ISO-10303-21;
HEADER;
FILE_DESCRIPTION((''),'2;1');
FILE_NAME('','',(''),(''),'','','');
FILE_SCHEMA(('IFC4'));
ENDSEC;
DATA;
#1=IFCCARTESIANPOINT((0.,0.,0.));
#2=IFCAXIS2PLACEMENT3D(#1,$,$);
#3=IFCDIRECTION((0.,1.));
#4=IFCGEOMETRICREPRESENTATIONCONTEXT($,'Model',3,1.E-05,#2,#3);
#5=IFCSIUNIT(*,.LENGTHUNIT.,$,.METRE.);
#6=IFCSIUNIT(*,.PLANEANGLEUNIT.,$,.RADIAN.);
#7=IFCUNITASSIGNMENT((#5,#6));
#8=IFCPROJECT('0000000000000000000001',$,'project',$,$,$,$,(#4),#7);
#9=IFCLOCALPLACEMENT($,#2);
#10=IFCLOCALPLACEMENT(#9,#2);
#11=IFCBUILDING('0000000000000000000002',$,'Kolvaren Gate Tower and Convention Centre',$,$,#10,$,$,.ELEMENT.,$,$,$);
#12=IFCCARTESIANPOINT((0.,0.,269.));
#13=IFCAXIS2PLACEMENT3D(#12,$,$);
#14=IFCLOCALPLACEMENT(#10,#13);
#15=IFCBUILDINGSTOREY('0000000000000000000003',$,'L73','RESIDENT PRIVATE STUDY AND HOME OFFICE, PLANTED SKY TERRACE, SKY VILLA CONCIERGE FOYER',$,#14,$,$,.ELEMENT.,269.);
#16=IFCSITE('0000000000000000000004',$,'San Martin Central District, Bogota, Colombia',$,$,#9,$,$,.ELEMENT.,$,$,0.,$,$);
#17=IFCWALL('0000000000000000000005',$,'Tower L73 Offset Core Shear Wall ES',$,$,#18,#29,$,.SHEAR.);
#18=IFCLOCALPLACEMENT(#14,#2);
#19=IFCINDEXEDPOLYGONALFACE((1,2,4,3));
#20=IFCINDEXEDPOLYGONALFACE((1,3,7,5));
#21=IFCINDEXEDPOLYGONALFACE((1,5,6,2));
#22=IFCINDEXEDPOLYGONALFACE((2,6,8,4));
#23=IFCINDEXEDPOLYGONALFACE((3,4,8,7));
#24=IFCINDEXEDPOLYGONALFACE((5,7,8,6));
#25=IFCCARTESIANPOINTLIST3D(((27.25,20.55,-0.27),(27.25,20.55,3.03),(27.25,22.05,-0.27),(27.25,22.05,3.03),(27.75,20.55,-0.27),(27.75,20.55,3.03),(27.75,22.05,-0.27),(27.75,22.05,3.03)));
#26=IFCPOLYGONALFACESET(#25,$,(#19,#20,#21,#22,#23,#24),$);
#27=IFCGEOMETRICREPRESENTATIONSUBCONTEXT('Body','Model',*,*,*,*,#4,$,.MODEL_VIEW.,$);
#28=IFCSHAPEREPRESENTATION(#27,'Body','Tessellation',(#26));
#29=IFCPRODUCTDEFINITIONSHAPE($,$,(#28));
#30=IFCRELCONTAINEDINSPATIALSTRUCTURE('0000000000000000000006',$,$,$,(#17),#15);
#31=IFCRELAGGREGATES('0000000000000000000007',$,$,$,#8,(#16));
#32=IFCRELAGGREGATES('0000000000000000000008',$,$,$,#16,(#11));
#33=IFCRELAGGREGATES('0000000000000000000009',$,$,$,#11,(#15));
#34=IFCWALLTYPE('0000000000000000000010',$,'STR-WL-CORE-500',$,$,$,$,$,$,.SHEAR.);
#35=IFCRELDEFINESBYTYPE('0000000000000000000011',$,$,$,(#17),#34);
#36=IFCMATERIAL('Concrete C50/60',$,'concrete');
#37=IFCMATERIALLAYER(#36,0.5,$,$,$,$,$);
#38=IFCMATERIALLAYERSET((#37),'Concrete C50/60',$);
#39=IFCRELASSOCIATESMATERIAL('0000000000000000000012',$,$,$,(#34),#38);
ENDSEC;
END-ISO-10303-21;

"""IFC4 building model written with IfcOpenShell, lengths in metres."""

from ifc_helpers import new_model, si_unit, direction, frame, frame_2d, origin, place, context, subcontext, project, spatial, rectangle, extrude, material, layer, layer_set, type_object, element, save


model = new_model("IFC4")

# Units and contexts
model_context = context("Model", 3, precision=1e-05, world=origin(), true_north=direction((0.0, 1.0)))
body_context = subcontext(model_context, "Body", "Model", "MODEL_VIEW")
ifc_project = project(units=[si_unit("LENGTHUNIT", "METRE"), si_unit("PLANEANGLEUNIT", "RADIAN")], contexts=[model_context])

# Site, building, storey
site_placement = place(None, origin())
site = spatial("IfcSite", under=ifc_project, at=site_placement, Name="San Martin Central District, Bogota, Colombia", CompositionType="ELEMENT", RefElevation=0.0)
building_placement = place(site_placement, origin())
building = spatial("IfcBuilding", under=site, at=building_placement, Name="Kolvaren Gate Tower and Convention Centre", CompositionType="ELEMENT")
storey_placement = place(building_placement, frame((0.0, 0.0, 269.0)))
storey = spatial("IfcBuildingStorey", under=building, at=storey_placement, Name="L73", Description="RESIDENT PRIVATE STUDY AND HOME OFFICE, PLANTED SKY TERRACE, SKY VILLA CONCIERGE FOYER", CompositionType="ELEMENT", Elevation=269.0)

# Wall
ifc_material_1 = material(Name="Concrete C50/60", Category="concrete")
ifc_layer_1 = layer(ifc_material_1, 0.5)
ifc_layer_set_1 = layer_set([ifc_layer_1], Name="Concrete C50/60")
wall_type_1 = type_object("IfcWallType", Name="STR-WL-CORE-500", PredefinedType="SHEAR", material=ifc_layer_set_1)
wall_1_placement = place(storey_placement, frame((27.5, 20.55, -0.27), z_axis=(0.0, 0.0, 1.0), x_axis=(0.0, 1.0, 0.0)))
element("IfcWall", 1, at=wall_1_placement, inside=storey, type_object=wall_type_1, Name="Tower L73 Offset Core Shear Wall ES", PredefinedType="SHEAR", context=body_context, shape_type="SweptSolid", body=[
    extrude(rectangle(XDim=1.5, YDim=0.5, at=frame_2d((0.75, 0.0))), origin(), (0.0, 0.0, 1.0), 3.3),
])

save(model, "model.ifc")
